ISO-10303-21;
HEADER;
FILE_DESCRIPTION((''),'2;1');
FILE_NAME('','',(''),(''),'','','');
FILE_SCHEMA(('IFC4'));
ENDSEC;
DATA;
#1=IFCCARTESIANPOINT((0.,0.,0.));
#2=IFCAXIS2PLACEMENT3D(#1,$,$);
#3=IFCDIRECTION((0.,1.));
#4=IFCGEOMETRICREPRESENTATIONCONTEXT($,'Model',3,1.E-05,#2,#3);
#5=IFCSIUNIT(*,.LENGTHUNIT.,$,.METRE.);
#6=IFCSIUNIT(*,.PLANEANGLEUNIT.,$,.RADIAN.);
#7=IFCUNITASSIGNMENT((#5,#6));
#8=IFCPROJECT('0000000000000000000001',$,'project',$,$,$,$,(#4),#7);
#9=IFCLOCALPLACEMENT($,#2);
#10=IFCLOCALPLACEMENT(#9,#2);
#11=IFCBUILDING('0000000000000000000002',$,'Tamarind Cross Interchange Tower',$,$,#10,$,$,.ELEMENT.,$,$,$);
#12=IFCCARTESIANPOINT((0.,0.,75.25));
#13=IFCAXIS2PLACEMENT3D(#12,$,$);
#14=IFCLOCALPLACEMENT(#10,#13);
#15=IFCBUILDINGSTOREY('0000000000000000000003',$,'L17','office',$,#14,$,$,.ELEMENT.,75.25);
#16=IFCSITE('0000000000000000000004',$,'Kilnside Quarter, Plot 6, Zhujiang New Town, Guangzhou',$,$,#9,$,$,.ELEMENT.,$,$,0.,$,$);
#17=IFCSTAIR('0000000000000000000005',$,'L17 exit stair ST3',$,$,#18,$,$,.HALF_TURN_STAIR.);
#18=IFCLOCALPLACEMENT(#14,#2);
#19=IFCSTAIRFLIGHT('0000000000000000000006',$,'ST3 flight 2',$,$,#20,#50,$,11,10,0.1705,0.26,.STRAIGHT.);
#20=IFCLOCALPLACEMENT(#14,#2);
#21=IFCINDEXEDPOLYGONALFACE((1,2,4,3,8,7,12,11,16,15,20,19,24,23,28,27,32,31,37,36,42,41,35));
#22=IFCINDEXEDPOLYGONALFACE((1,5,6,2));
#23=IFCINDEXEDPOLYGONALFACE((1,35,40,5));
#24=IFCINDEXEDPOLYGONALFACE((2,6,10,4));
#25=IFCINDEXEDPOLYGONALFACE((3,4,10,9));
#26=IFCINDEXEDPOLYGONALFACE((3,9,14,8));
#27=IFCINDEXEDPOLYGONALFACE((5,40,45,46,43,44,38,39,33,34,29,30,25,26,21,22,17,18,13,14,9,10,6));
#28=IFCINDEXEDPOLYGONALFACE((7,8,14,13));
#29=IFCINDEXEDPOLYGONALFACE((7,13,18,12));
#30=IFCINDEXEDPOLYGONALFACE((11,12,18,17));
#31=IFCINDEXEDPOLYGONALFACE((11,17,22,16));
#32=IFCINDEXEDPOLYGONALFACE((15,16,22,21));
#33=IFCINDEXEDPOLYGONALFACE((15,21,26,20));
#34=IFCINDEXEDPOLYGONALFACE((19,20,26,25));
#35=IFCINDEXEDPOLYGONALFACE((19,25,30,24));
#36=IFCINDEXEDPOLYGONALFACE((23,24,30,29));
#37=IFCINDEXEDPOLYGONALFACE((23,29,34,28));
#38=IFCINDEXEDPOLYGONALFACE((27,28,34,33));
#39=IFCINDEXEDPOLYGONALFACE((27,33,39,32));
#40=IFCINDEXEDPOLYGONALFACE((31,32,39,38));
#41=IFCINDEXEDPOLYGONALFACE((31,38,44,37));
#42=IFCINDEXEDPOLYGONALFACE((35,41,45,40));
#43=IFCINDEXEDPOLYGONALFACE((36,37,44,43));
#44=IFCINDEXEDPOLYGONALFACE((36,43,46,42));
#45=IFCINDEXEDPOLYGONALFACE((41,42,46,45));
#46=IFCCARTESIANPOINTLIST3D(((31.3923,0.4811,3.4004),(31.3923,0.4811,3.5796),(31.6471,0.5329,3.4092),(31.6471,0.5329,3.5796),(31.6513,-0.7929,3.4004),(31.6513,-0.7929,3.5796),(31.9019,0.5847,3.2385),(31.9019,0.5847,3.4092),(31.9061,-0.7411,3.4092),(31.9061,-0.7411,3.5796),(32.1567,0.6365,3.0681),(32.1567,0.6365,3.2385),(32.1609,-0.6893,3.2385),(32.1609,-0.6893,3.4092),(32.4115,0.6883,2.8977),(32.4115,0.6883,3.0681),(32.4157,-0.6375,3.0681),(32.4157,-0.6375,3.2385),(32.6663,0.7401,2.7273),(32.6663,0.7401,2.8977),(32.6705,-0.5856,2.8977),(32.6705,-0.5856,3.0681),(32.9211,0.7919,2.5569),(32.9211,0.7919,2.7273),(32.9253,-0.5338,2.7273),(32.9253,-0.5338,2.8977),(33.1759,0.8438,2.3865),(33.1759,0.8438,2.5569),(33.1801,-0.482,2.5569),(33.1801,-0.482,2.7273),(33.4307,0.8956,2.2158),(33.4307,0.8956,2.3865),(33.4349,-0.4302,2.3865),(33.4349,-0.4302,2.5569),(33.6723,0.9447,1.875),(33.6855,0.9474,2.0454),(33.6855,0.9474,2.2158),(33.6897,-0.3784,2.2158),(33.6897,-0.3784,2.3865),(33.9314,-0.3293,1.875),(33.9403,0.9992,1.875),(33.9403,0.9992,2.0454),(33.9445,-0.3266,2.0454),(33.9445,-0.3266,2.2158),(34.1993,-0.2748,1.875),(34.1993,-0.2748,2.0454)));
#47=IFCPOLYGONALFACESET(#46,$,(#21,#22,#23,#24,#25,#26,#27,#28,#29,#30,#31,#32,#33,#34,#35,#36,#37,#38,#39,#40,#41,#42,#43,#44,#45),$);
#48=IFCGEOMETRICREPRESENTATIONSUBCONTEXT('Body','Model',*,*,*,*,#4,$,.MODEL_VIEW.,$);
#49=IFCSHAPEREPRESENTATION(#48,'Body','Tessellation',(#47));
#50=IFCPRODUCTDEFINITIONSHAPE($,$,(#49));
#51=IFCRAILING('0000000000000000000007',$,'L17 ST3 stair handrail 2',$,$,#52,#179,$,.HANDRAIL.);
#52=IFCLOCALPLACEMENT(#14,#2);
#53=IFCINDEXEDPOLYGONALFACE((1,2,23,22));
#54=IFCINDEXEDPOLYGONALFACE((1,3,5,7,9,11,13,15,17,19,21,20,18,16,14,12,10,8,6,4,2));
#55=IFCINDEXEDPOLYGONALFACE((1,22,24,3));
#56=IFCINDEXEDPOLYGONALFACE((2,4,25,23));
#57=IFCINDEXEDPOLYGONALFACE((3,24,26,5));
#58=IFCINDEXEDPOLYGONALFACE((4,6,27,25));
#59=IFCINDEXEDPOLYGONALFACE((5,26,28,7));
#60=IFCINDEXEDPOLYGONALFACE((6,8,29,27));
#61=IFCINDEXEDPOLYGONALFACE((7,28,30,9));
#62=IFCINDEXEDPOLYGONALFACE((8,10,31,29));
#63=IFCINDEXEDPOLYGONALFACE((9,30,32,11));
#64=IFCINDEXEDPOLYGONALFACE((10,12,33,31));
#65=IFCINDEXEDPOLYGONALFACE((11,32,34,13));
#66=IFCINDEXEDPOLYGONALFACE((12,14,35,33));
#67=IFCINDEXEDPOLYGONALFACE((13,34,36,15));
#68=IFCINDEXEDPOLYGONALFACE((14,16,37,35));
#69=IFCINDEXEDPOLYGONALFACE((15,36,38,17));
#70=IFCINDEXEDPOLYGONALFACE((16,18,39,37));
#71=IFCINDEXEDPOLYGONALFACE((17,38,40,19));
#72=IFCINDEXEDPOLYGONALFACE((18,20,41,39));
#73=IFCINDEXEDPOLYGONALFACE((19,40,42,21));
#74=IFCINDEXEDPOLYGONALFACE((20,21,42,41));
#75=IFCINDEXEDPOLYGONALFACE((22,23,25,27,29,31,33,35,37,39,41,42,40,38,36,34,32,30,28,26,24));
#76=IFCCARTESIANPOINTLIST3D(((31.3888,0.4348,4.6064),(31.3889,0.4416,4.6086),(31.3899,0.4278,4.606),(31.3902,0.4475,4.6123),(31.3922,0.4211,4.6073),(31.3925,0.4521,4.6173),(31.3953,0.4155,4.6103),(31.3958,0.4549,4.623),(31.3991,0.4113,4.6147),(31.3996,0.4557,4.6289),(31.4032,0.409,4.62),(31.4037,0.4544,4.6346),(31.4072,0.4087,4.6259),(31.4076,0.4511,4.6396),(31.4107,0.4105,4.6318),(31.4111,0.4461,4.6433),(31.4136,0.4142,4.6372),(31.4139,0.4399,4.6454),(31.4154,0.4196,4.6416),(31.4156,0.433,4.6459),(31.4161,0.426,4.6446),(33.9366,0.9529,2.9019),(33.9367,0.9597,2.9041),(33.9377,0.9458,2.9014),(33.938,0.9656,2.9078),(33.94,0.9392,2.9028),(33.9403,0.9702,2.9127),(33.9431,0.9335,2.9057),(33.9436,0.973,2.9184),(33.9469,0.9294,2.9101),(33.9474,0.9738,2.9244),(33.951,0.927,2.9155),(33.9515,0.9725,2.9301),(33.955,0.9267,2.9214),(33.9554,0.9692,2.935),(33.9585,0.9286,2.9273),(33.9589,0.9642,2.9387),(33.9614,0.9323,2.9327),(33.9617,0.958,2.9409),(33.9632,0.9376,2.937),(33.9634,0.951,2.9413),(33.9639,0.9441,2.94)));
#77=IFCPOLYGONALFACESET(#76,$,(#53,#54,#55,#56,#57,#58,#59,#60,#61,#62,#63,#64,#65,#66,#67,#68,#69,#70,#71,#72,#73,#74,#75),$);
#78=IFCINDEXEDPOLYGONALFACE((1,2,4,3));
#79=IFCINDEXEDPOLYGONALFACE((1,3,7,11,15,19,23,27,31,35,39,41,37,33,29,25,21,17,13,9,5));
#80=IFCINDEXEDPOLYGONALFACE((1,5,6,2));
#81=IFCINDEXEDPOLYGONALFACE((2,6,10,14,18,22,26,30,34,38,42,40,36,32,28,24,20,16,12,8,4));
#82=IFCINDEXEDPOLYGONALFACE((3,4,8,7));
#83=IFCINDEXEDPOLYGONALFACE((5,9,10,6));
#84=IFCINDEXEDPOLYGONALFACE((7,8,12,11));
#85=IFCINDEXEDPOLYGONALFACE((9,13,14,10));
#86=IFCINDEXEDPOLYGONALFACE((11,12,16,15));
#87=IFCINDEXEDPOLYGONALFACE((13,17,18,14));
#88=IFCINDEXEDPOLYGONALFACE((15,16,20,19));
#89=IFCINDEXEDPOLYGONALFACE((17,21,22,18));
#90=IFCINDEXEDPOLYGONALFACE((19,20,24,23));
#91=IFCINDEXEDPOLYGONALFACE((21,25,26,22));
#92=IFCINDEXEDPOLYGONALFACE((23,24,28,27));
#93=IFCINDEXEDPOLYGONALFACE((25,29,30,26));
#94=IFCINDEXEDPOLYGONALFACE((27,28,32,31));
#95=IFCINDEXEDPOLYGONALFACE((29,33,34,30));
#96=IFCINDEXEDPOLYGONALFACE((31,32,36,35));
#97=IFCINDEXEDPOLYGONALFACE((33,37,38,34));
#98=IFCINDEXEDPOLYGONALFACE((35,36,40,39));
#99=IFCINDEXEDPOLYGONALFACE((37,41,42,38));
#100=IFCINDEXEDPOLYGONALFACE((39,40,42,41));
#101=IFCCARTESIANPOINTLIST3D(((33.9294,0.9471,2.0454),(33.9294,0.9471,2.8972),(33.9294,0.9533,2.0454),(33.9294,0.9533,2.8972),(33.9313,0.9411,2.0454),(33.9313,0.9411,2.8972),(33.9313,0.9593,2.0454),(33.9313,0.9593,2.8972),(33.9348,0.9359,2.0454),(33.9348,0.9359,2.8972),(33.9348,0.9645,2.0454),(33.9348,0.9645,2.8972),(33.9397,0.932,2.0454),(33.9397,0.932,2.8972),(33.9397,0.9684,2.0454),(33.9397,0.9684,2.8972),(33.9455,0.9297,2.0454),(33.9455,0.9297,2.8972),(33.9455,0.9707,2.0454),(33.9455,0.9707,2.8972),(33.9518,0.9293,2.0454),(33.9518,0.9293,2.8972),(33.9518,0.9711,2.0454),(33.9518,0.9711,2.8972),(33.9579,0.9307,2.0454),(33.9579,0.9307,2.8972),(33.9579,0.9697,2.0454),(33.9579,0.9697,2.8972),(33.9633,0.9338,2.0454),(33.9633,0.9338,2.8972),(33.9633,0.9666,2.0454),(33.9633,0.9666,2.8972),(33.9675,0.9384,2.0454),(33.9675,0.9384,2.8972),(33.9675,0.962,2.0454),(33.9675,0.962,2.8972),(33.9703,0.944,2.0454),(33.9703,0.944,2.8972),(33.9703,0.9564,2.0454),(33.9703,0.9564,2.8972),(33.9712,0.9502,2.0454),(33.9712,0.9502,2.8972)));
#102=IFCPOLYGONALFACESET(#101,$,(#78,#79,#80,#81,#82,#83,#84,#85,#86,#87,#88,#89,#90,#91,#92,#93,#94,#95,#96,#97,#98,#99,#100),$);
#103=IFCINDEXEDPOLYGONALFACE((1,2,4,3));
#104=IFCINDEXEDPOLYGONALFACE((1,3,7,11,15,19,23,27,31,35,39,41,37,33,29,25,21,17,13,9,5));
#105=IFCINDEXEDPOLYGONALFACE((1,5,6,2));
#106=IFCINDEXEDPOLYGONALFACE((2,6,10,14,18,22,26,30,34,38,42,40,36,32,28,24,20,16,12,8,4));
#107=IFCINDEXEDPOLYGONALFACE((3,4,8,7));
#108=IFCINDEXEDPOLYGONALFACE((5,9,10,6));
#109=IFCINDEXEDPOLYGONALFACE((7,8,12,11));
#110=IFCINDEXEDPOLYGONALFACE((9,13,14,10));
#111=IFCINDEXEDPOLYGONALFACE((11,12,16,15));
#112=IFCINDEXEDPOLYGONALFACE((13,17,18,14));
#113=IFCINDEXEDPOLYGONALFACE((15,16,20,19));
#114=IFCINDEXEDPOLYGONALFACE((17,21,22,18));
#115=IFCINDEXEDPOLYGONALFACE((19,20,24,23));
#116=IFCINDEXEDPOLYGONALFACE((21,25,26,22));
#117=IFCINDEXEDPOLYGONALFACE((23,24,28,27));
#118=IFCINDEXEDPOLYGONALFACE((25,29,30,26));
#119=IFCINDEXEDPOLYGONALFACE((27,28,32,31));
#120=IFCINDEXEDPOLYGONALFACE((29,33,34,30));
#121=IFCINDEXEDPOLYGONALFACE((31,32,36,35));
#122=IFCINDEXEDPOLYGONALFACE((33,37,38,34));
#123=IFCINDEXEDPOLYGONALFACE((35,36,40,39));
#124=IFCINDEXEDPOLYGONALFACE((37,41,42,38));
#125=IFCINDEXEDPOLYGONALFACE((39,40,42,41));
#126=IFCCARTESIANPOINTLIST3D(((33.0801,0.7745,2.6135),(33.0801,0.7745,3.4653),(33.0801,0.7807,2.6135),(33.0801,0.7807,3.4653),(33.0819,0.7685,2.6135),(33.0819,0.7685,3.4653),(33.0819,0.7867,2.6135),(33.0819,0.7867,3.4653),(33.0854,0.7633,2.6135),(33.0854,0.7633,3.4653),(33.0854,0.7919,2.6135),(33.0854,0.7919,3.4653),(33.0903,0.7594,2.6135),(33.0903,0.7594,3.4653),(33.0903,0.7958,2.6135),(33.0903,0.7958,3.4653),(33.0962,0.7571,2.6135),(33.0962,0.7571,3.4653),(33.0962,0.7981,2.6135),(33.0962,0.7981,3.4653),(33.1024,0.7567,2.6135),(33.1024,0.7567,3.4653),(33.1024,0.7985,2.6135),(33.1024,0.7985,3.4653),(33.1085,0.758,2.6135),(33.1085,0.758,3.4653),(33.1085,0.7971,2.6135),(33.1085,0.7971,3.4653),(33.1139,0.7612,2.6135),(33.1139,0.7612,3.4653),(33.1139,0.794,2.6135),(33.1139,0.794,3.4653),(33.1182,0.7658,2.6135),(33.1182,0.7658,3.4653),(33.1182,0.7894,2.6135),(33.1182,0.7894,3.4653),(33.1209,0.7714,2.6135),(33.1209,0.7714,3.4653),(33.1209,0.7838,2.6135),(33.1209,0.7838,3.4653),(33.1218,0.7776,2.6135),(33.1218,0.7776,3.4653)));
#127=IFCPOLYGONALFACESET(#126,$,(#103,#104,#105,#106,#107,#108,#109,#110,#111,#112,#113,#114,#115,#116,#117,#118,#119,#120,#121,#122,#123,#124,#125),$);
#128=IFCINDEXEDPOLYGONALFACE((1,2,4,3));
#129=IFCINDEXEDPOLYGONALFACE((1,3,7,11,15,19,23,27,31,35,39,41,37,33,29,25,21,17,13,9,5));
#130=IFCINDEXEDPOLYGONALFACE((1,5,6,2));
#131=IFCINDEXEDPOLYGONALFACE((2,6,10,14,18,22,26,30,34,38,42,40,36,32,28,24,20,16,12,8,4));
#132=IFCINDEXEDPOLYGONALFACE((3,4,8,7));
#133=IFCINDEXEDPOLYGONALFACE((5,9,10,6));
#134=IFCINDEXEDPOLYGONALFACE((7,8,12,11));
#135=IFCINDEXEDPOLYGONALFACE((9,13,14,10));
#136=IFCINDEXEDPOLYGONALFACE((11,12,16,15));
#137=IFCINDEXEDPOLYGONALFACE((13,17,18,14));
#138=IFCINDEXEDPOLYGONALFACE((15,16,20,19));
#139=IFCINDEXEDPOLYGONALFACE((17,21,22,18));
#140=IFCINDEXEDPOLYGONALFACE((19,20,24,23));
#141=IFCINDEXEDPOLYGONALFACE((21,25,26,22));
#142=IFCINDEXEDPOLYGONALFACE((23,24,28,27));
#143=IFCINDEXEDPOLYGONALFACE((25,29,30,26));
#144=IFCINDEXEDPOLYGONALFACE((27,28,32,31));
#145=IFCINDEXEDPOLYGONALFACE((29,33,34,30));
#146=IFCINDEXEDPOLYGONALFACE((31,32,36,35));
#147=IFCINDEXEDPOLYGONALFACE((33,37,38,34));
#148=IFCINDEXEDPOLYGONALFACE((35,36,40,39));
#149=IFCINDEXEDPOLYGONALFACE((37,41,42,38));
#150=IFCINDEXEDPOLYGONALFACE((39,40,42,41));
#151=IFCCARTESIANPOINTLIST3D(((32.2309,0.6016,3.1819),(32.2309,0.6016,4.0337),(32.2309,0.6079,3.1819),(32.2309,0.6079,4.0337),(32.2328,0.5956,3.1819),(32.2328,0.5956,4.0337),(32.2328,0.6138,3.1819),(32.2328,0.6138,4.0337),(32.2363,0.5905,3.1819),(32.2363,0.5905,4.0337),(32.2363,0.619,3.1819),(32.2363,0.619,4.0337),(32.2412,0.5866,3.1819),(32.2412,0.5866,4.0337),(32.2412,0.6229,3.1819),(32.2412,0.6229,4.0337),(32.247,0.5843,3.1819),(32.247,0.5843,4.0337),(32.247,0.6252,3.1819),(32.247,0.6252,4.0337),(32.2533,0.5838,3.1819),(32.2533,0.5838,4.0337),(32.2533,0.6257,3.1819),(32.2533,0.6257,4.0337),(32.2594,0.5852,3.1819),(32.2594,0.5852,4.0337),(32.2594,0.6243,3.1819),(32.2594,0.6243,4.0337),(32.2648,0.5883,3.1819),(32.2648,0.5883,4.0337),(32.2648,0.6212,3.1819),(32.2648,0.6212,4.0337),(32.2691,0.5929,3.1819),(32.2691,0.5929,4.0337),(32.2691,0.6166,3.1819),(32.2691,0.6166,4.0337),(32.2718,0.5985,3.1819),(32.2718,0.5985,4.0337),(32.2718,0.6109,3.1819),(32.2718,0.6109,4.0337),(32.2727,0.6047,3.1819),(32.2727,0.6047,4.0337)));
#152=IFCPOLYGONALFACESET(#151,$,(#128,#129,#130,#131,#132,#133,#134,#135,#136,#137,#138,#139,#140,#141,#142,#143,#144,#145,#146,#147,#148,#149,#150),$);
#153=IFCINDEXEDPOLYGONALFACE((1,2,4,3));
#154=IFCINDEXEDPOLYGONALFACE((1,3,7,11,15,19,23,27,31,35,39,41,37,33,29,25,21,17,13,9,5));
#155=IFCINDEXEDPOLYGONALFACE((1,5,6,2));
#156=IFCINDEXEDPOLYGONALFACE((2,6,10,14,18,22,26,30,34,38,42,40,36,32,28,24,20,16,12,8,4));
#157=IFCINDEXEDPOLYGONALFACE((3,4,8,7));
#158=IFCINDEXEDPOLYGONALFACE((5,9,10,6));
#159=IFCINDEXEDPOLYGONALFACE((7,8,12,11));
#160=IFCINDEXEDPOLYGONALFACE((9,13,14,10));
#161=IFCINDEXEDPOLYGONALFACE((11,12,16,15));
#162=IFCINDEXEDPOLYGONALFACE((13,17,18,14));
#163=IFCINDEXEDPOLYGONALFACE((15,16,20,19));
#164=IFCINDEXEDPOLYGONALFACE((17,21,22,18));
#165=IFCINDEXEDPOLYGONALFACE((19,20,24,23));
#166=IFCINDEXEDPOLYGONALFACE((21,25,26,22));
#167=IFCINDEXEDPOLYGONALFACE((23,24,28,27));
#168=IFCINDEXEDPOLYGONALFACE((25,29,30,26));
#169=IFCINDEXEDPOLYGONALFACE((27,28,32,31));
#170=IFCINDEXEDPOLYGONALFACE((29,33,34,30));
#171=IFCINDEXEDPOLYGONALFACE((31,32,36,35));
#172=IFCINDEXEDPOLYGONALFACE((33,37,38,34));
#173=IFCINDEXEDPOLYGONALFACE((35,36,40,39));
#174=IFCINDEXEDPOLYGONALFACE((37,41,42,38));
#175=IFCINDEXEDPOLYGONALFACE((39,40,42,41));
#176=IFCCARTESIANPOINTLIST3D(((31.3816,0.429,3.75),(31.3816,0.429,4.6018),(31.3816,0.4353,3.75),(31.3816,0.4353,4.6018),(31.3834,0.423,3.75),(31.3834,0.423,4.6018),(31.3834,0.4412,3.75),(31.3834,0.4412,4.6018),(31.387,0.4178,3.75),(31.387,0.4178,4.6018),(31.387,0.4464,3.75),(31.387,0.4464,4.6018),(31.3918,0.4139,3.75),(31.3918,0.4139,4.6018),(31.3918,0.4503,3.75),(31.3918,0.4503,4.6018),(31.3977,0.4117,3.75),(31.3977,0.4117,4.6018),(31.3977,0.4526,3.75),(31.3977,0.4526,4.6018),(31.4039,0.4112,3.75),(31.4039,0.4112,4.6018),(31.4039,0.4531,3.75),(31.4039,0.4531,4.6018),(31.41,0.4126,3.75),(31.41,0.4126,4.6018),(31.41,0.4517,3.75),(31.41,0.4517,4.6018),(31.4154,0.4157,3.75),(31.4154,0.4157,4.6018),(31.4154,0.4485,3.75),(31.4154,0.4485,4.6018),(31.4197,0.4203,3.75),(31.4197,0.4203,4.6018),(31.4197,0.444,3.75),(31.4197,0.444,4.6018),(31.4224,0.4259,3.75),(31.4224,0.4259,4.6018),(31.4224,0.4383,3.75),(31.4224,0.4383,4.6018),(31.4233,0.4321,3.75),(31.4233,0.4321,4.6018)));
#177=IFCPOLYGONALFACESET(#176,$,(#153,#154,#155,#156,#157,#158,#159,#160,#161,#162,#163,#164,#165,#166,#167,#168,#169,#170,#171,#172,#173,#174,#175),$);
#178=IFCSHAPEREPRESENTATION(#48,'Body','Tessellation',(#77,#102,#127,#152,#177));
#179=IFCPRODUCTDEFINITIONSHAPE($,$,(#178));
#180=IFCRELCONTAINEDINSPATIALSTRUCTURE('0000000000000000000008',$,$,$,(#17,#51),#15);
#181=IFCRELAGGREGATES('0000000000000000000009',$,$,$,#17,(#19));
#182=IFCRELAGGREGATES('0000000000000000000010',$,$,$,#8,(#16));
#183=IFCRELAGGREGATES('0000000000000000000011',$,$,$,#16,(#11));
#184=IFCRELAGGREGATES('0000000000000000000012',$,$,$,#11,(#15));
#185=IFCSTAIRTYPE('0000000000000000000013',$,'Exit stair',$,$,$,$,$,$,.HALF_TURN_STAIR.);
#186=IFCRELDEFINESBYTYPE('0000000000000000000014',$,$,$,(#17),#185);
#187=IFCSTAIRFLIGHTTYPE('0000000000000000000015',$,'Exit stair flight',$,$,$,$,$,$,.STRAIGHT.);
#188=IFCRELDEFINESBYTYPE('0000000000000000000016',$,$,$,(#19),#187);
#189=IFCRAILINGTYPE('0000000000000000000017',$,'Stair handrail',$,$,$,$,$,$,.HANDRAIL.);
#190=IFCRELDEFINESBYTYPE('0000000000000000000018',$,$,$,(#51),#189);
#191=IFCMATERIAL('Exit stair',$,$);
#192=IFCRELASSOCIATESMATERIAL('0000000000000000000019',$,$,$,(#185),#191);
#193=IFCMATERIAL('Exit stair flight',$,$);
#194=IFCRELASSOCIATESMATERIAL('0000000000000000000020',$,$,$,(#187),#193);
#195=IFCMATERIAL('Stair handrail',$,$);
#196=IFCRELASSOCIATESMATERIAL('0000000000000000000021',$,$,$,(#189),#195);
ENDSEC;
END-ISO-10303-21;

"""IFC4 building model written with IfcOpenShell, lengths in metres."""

from ifc_helpers import new_model, si_unit, direction, frame, origin, origin_2d, place, context, subcontext, project, spatial, polyline, circle, outline, extrude, material, type_object, element, aggregate, save


model = new_model("IFC4")

# Units and contexts
model_context = context("Model", 3, precision=1e-05, world=origin(), true_north=direction((0.0, 1.0)))
body_context = subcontext(model_context, "Body", "Model", "MODEL_VIEW")
ifc_project = project(units=[si_unit("LENGTHUNIT", "METRE"), si_unit("PLANEANGLEUNIT", "RADIAN")], contexts=[model_context])

# Site, building, storey
site_placement = place(None, origin())
site = spatial("IfcSite", under=ifc_project, at=site_placement, Name="Kilnside Quarter, Plot 6, Zhujiang New Town, Guangzhou", CompositionType="ELEMENT", RefElevation=0.0)
building_placement = place(site_placement, origin())
building = spatial("IfcBuilding", under=site, at=building_placement, Name="Tamarind Cross Interchange Tower", CompositionType="ELEMENT")
storey_placement = place(building_placement, frame((0.0, 0.0, 75.25)))
storey = spatial("IfcBuildingStorey", under=building, at=storey_placement, Name="L17", Description="office", CompositionType="ELEMENT", Elevation=75.25)

# Stair, stair flight
ifc_material_1 = material(Name="Exit stair")
stair_type = type_object("IfcStairType", Name="Exit stair", PredefinedType="HALF_TURN_STAIR", material=ifc_material_1)
stair_placement = place(storey_placement, origin())
stair = element("IfcStair", 1, at=stair_placement, inside=storey, type_object=stair_type, Name="L17 exit stair ST3", PredefinedType="HALF_TURN_STAIR")
ifc_material_2 = material(Name="Exit stair flight")
stair_flight_type = type_object("IfcStairFlightType", Name="Exit stair flight", PredefinedType="STRAIGHT", material=ifc_material_2)
stair_flight_placement = place(storey_placement, frame((34.0698, 0.3621, 1.875), z_axis=(0.0, 0.0, 1.0), x_axis=(-0.97995, -0.199245, 0.0)))
stair_flight = element("IfcStairFlight", 2, at=stair_flight_placement, type_object=stair_flight_type, Name="ST3 flight 2", NumberOfRisers=11, NumberOfTreads=10, PredefinedType="STRAIGHT", RiserHeight=0.1705, TreadLength=0.26, context=body_context, shape_type="SweptSolid", body=[
    extrude(outline(polyline([(0.0, 0.0), (0.0, 0.1704), (0.26, 0.1704), (0.26, 0.3408), (0.52, 0.3408), (0.52, 0.5115), (0.78, 0.5115), (0.78, 0.6819), (1.04, 0.6819), (1.04, 0.8523), (1.3, 0.8523), (1.3, 1.0227), (1.5601, 1.0227), (1.5601, 1.1931), (1.8201, 1.1931), (1.8201, 1.3635), (2.0801, 1.3635), (2.0801, 1.5342), (2.3401, 1.5342), (2.3401, 1.7046), (2.6001, 1.7046), (2.6001, 1.875), (2.6001, 1.5254), (0.2734, 0.0), (0.0, 0.0)])), frame((0.0, 0.6499, 0.0), z_axis=(0.0, -1.0, 0.0), x_axis=(1.0, 0.0, 0.0)), (0.0, 0.0, 1.0), 1.3),
])
aggregate(stair, [stair_flight])

# Railing
ifc_material_3 = material(Name="Stair handrail")
railing_type = type_object("IfcRailingType", Name="Stair handrail", PredefinedType="HANDRAIL", material=ifc_material_3)
railing_placement = place(storey_placement, frame((33.9502, 0.9502, 2.0454)))
element("IfcRailing", 3, at=railing_placement, inside=storey, type_object=railing_type, Name="L17 ST3 stair handrail 2", PredefinedType="HANDRAIL", context=body_context, shape_type="SweptSolid", body=[
    extrude(circle(Radius=0.0239, at=origin_2d()), frame((0.0, 0.0, 0.876), z_axis=(-0.819522, -0.166637, 0.548285), x_axis=(0.199257, -0.979947, 0.0)), (0.0, 0.0, 1.0), 3.1089),
    extrude(circle(Radius=0.021, at=origin_2d()), origin(), (0.0, 0.0, 1.0), 0.8518),
    extrude(circle(Radius=0.021, at=origin_2d()), frame((-0.8494, -0.1726, 0.5681)), (0.0, 0.0, 1.0), 0.8518),
    extrude(circle(Radius=0.021, at=origin_2d()), frame((-1.6985, -0.3455, 1.1365)), (0.0, 0.0, 1.0), 0.8518),
    extrude(circle(Radius=0.021, at=origin_2d()), frame((-2.5479, -0.5181, 1.7046)), (0.0, 0.0, 1.0), 0.8518),
])

save(model, "model.ifc")
